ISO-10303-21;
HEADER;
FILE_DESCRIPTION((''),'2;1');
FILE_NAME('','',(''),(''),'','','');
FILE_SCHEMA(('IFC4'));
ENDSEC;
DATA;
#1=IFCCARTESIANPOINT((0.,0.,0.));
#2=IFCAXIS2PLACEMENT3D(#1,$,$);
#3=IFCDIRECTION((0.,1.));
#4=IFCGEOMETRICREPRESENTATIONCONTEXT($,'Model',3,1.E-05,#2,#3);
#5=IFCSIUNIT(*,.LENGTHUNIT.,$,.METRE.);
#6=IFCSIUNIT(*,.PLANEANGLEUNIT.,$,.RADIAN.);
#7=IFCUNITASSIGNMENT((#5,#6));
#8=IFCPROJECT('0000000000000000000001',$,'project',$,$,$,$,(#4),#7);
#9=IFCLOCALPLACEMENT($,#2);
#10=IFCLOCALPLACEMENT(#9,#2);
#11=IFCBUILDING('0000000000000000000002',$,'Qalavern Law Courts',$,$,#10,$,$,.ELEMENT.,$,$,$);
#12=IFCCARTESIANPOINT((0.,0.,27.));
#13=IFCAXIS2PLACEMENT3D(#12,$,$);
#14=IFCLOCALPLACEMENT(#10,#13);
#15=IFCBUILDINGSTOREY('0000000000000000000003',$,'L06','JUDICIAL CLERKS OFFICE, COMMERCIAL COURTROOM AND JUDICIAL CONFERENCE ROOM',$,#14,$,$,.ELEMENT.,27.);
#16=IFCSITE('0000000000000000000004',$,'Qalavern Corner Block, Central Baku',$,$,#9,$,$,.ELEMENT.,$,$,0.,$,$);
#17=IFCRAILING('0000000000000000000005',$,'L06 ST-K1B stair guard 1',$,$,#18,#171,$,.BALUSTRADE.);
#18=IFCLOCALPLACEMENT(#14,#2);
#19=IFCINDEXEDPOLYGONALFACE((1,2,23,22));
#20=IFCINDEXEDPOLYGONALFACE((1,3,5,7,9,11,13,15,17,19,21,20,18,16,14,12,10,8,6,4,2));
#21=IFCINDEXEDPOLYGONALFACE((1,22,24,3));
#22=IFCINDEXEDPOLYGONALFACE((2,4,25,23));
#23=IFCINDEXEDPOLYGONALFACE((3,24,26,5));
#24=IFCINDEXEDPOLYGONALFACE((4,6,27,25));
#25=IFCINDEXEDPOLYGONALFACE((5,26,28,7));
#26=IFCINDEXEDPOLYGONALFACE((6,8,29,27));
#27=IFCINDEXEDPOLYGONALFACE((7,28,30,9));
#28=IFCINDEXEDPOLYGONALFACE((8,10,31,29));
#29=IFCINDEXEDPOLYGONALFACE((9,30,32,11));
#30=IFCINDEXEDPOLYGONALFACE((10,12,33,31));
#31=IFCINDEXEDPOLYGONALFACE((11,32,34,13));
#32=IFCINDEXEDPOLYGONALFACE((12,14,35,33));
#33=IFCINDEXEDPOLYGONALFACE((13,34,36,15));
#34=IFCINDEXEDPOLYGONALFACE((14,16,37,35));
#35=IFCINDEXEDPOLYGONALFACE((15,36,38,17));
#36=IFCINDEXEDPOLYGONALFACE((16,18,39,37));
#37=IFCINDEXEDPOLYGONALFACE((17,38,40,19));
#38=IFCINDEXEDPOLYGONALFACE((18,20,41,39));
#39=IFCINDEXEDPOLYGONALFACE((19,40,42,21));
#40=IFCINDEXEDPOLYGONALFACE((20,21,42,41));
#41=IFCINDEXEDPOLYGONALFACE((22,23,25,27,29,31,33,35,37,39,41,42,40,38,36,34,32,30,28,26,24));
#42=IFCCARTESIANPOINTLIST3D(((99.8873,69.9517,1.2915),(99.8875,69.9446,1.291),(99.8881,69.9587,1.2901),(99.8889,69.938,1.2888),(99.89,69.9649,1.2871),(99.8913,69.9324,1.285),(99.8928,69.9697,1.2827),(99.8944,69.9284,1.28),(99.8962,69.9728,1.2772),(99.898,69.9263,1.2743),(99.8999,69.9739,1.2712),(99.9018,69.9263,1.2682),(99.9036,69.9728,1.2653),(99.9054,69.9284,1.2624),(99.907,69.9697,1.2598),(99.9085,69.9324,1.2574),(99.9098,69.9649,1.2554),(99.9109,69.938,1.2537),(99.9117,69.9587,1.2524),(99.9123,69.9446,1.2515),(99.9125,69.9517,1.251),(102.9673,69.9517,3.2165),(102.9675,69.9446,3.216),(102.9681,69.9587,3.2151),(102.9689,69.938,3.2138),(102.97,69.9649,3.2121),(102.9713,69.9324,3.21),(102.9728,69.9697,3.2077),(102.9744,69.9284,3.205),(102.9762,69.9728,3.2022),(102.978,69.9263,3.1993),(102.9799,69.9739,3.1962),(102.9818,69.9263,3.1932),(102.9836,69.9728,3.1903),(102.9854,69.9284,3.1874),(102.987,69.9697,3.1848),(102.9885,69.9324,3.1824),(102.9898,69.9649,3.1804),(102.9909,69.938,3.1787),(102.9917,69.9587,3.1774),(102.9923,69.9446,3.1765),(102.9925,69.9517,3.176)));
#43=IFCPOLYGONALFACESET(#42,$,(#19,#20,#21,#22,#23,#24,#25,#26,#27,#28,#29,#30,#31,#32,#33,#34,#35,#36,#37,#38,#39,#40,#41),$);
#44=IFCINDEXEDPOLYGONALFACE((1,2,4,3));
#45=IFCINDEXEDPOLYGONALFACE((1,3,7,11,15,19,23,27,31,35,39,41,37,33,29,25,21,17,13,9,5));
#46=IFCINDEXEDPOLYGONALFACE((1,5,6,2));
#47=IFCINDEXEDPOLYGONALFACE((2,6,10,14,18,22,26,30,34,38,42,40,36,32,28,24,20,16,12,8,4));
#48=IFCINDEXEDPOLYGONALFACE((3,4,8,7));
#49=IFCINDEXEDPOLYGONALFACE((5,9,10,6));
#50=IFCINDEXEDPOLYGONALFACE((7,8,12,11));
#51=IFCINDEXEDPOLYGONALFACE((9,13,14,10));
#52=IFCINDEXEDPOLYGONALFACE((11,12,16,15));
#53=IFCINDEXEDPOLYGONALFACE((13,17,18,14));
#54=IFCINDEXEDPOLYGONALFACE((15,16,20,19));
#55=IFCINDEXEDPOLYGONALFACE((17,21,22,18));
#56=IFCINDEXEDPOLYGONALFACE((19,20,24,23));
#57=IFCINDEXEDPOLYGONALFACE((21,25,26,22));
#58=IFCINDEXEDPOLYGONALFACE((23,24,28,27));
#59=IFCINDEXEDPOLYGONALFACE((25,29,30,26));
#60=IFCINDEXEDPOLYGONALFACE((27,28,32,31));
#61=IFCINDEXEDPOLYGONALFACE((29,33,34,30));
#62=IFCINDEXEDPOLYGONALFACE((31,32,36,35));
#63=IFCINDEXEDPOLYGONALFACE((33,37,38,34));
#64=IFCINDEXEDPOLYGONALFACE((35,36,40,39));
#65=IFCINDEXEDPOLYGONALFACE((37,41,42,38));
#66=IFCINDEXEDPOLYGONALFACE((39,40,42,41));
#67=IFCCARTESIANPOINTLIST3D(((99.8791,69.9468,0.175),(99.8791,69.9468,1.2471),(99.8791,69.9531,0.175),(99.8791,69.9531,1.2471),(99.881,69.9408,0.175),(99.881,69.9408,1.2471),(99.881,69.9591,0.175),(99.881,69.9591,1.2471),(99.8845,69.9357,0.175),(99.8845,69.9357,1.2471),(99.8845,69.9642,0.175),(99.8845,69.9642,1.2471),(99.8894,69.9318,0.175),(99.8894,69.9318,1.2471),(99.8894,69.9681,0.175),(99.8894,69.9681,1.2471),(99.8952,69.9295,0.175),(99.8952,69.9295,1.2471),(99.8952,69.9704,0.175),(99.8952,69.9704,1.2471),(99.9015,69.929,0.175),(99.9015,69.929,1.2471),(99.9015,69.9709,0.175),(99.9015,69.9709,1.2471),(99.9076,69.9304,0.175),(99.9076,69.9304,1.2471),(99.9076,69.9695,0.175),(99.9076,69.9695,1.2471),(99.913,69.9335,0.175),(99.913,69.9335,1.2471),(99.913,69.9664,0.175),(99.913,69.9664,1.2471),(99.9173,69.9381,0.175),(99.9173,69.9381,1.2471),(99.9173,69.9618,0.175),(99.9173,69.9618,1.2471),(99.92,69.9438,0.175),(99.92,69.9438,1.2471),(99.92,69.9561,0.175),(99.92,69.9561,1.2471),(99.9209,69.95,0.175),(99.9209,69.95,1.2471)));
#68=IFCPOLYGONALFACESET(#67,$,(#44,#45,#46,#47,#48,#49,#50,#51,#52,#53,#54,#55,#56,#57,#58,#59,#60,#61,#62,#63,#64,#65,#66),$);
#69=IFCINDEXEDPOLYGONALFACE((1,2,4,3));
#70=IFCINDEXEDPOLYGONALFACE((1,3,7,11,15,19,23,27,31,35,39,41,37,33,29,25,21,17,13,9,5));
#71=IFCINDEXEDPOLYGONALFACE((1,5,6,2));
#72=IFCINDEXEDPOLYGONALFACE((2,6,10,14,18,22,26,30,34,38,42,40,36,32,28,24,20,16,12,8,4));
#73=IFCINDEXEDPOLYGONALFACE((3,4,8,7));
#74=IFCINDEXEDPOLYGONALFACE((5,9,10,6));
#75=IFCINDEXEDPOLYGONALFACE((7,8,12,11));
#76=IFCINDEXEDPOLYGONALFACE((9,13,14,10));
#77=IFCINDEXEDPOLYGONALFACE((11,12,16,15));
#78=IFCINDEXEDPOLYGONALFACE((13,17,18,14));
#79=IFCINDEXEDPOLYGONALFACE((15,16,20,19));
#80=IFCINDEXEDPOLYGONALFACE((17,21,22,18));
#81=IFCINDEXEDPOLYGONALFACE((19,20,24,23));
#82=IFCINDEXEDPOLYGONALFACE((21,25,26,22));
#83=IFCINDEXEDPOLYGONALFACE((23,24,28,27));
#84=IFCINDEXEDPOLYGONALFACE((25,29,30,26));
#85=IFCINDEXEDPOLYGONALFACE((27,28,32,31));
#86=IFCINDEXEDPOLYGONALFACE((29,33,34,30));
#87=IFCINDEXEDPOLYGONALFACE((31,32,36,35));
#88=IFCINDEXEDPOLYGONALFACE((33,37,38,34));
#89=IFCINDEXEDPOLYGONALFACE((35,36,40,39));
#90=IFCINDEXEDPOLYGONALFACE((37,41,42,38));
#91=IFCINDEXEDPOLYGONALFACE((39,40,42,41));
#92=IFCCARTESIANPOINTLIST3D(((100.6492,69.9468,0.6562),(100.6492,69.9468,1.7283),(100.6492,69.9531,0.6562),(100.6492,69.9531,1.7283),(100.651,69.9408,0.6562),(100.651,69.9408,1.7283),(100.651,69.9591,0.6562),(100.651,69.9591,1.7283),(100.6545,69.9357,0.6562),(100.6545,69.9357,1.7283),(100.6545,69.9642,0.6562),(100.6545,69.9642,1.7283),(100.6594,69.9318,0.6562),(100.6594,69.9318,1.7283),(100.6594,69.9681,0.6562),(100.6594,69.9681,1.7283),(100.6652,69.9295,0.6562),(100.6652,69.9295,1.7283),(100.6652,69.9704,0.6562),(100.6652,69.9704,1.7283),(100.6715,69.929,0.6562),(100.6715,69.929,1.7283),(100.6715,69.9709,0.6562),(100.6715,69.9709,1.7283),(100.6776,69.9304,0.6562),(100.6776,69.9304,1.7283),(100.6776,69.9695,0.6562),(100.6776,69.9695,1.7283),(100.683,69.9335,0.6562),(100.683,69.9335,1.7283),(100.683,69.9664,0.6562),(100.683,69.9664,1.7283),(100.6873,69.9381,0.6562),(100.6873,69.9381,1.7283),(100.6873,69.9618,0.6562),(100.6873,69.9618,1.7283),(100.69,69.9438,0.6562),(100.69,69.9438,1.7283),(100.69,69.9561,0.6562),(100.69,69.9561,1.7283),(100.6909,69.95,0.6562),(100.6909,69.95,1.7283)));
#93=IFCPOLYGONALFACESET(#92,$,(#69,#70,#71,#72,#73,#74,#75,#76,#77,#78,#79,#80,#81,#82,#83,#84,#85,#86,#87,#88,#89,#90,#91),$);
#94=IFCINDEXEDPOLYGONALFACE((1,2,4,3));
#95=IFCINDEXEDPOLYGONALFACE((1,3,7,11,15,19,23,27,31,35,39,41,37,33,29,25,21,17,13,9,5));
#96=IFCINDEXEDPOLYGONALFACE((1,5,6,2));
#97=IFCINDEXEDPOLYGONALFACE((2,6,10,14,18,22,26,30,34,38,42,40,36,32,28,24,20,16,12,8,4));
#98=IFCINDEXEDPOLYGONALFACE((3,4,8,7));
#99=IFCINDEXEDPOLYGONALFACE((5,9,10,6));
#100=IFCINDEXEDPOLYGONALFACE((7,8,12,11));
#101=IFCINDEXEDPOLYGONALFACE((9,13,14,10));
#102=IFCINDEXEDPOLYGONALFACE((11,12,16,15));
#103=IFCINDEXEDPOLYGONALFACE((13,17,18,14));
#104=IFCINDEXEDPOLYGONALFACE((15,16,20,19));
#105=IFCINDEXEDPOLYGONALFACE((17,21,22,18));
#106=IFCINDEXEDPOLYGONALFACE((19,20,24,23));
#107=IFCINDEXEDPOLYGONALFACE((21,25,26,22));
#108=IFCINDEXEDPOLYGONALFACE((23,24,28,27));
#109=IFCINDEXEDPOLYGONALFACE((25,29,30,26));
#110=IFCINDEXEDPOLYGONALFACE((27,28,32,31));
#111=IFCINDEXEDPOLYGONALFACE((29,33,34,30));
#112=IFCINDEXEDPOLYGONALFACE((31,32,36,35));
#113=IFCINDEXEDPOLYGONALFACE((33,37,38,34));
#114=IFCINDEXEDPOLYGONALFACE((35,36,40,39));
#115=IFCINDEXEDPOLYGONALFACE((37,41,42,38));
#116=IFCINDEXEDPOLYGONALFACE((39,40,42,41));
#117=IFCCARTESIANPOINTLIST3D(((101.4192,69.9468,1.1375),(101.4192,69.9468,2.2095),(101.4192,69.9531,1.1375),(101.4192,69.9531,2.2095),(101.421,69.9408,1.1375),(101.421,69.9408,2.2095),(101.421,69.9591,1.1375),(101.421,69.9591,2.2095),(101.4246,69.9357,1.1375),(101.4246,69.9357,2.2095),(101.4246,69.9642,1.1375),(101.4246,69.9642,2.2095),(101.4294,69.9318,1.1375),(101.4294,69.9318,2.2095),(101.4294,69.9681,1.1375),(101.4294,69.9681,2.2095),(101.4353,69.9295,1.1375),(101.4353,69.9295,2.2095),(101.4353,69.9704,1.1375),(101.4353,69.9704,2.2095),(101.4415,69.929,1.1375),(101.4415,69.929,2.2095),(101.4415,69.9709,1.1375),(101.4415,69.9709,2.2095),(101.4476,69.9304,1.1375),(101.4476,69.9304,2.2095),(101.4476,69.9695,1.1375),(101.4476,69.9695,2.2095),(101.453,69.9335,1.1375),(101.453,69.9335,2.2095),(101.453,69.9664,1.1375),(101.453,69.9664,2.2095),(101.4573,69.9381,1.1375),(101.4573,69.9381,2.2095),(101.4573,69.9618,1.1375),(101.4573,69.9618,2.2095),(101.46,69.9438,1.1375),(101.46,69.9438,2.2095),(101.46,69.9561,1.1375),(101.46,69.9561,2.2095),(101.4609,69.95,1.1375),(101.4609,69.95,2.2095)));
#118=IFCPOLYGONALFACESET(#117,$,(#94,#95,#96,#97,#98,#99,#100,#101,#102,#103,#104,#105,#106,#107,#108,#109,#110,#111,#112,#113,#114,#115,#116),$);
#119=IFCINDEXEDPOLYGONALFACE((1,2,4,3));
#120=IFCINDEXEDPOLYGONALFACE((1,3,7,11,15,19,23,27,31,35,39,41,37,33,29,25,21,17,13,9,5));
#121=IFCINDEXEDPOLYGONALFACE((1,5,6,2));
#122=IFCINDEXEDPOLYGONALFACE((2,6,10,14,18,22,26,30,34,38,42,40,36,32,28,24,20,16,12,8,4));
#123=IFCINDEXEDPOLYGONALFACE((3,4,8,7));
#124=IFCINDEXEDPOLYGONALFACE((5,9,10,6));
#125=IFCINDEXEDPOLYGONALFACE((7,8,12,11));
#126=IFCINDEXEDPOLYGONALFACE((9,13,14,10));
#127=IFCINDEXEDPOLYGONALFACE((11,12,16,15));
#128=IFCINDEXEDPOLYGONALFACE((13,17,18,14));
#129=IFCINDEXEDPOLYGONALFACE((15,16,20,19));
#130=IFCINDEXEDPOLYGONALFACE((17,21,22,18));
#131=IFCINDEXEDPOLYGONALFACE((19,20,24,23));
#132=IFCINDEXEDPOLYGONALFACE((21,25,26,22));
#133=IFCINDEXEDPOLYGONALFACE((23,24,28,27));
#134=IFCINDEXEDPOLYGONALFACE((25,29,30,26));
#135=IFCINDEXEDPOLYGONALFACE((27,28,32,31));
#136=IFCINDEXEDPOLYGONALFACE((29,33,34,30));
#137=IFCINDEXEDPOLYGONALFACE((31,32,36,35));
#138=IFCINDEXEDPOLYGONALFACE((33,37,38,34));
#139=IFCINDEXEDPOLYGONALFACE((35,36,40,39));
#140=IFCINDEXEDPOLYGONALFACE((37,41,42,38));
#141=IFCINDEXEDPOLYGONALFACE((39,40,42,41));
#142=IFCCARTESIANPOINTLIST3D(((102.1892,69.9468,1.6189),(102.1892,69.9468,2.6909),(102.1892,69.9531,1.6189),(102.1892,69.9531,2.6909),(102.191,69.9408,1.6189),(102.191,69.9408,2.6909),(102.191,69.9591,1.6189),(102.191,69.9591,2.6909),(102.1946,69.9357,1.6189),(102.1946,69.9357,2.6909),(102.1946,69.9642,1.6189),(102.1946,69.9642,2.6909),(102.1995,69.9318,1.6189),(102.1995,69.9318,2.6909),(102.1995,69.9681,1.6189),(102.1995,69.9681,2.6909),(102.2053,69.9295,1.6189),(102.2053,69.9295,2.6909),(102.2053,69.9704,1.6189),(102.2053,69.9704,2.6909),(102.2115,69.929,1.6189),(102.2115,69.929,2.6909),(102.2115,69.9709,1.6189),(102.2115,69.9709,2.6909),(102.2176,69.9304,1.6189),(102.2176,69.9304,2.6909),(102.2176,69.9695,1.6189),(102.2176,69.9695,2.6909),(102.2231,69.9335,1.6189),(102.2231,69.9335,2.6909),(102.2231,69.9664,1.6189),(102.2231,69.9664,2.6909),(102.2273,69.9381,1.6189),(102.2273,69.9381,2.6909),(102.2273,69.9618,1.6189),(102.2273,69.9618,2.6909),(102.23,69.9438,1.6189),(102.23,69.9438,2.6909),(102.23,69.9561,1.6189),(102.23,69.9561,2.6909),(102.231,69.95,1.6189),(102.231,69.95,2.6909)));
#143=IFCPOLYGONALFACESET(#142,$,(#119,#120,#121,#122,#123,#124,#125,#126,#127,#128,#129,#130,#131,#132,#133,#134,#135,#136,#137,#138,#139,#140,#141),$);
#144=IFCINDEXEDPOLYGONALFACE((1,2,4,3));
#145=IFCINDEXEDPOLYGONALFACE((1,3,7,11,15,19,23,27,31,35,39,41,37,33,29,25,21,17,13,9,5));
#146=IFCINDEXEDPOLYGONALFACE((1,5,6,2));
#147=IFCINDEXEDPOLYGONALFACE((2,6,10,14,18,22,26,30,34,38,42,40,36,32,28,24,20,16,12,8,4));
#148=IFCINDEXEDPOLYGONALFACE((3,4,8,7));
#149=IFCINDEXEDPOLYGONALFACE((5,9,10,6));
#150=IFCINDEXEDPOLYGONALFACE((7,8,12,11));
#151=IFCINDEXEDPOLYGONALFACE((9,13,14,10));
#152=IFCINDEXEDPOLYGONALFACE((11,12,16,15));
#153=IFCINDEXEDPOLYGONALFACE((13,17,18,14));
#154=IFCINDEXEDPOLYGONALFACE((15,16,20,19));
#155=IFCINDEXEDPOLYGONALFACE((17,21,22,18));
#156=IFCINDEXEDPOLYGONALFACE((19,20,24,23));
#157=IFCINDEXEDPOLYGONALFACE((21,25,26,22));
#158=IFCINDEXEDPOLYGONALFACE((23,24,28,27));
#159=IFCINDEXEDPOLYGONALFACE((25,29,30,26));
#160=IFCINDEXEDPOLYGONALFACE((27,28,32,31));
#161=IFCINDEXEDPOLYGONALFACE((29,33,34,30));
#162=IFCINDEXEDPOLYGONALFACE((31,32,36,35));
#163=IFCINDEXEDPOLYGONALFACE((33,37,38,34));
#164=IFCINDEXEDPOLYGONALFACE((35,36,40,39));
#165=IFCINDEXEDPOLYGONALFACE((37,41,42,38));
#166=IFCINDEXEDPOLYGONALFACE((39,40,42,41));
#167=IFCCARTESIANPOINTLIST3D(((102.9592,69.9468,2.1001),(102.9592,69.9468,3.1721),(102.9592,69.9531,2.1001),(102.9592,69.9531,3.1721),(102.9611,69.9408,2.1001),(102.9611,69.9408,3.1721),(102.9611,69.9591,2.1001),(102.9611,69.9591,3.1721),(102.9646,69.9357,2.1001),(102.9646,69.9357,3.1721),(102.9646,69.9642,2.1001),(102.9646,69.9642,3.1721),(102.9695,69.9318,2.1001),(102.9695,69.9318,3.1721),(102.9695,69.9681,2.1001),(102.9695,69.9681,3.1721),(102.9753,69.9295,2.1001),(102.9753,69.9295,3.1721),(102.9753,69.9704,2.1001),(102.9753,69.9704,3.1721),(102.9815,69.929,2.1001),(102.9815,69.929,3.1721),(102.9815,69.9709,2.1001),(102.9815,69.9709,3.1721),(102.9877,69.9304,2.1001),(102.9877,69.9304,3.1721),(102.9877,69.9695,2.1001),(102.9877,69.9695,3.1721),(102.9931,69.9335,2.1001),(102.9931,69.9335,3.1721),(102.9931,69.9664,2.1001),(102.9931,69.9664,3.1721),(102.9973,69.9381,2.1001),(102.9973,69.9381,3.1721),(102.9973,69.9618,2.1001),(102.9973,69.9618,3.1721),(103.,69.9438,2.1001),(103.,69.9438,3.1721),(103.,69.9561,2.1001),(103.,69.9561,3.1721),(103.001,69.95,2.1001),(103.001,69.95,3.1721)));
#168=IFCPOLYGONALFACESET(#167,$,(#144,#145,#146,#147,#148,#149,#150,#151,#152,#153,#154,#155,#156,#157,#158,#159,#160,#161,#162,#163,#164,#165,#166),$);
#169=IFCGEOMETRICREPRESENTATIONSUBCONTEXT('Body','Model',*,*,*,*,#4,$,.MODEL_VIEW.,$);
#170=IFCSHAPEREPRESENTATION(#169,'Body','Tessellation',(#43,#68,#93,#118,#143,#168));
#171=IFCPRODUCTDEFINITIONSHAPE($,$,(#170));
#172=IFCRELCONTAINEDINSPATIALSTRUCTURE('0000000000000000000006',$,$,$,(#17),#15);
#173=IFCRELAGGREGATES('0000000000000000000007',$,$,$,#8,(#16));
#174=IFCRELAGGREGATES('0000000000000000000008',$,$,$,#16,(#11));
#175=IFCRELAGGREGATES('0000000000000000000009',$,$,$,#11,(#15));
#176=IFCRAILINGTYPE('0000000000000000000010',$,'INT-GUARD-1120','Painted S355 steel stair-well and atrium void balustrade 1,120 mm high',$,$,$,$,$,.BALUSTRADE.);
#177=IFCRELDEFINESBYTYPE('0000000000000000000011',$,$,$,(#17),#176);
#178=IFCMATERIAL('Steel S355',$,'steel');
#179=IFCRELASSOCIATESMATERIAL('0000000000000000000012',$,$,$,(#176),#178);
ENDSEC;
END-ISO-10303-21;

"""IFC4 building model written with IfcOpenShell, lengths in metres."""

from ifc_helpers import new_model, si_unit, direction, frame, origin, origin_2d, place, context, subcontext, project, spatial, circle, extrude, material, type_object, element, save


model = new_model("IFC4")

# Units and contexts
model_context = context("Model", 3, precision=1e-05, world=origin(), true_north=direction((0.0, 1.0)))
body_context = subcontext(model_context, "Body", "Model", "MODEL_VIEW")
ifc_project = project(units=[si_unit("LENGTHUNIT", "METRE"), si_unit("PLANEANGLEUNIT", "RADIAN")], contexts=[model_context])

# Site, building, storey
site_placement = place(None, origin())
site = spatial("IfcSite", under=ifc_project, at=site_placement, Name="Qalavern Corner Block, Central Baku", CompositionType="ELEMENT", RefElevation=0.0)
building_placement = place(site_placement, origin())
building = spatial("IfcBuilding", under=site, at=building_placement, Name="Qalavern Law Courts", CompositionType="ELEMENT")
storey_placement = place(building_placement, frame((0.0, 0.0, 27.0)))
storey = spatial("IfcBuildingStorey", under=building, at=storey_placement, Name="L06", Description="JUDICIAL CLERKS OFFICE, COMMERCIAL COURTROOM AND JUDICIAL CONFERENCE ROOM", CompositionType="ELEMENT", Elevation=27.0)

# Shared definitions
ifc_material_1 = material(Name="Steel S355", Category="steel")

# Railing
railing_type_1 = type_object("IfcRailingType", Name="INT-GUARD-1120", Description="Painted S355 steel stair-well and atrium void balustrade 1,120 mm high", PredefinedType="BALUSTRADE", material=ifc_material_1)
railing_1_placement = place(storey_placement, frame((99.8999, 69.95, 0.175)))
element("IfcRailing", 1, at=railing_1_placement, inside=storey, type_object=railing_type_1, Name="L06 ST-K1B stair guard 1", PredefinedType="BALUSTRADE", context=body_context, shape_type="SweptSolid", body=[
    extrude(circle(Radius=0.0239, at=origin_2d()), frame((0.0, 0.0, 1.0962), z_axis=(0.847998, 0.0, 0.529999), x_axis=(0.0, 1.0, 0.0)), (0.0, 0.0, 1.0), 3.6321),
    extrude(circle(Radius=0.021, at=origin_2d()), origin(), (0.0, 0.0, 1.0), 1.072),
    extrude(circle(Radius=0.021, at=origin_2d()), frame((0.77, 0.0, 0.4812)), (0.0, 0.0, 1.0), 1.072),
    extrude(circle(Radius=0.021, at=origin_2d()), frame((1.54, 0.0, 0.9624)), (0.0, 0.0, 1.0), 1.072),
    extrude(circle(Radius=0.021, at=origin_2d()), frame((2.3101, 0.0, 1.4438)), (0.0, 0.0, 1.0), 1.072),
    extrude(circle(Radius=0.021, at=origin_2d()), frame((3.0801, 0.0, 1.925)), (0.0, 0.0, 1.0), 1.072),
])

save(model, "model.ifc")
